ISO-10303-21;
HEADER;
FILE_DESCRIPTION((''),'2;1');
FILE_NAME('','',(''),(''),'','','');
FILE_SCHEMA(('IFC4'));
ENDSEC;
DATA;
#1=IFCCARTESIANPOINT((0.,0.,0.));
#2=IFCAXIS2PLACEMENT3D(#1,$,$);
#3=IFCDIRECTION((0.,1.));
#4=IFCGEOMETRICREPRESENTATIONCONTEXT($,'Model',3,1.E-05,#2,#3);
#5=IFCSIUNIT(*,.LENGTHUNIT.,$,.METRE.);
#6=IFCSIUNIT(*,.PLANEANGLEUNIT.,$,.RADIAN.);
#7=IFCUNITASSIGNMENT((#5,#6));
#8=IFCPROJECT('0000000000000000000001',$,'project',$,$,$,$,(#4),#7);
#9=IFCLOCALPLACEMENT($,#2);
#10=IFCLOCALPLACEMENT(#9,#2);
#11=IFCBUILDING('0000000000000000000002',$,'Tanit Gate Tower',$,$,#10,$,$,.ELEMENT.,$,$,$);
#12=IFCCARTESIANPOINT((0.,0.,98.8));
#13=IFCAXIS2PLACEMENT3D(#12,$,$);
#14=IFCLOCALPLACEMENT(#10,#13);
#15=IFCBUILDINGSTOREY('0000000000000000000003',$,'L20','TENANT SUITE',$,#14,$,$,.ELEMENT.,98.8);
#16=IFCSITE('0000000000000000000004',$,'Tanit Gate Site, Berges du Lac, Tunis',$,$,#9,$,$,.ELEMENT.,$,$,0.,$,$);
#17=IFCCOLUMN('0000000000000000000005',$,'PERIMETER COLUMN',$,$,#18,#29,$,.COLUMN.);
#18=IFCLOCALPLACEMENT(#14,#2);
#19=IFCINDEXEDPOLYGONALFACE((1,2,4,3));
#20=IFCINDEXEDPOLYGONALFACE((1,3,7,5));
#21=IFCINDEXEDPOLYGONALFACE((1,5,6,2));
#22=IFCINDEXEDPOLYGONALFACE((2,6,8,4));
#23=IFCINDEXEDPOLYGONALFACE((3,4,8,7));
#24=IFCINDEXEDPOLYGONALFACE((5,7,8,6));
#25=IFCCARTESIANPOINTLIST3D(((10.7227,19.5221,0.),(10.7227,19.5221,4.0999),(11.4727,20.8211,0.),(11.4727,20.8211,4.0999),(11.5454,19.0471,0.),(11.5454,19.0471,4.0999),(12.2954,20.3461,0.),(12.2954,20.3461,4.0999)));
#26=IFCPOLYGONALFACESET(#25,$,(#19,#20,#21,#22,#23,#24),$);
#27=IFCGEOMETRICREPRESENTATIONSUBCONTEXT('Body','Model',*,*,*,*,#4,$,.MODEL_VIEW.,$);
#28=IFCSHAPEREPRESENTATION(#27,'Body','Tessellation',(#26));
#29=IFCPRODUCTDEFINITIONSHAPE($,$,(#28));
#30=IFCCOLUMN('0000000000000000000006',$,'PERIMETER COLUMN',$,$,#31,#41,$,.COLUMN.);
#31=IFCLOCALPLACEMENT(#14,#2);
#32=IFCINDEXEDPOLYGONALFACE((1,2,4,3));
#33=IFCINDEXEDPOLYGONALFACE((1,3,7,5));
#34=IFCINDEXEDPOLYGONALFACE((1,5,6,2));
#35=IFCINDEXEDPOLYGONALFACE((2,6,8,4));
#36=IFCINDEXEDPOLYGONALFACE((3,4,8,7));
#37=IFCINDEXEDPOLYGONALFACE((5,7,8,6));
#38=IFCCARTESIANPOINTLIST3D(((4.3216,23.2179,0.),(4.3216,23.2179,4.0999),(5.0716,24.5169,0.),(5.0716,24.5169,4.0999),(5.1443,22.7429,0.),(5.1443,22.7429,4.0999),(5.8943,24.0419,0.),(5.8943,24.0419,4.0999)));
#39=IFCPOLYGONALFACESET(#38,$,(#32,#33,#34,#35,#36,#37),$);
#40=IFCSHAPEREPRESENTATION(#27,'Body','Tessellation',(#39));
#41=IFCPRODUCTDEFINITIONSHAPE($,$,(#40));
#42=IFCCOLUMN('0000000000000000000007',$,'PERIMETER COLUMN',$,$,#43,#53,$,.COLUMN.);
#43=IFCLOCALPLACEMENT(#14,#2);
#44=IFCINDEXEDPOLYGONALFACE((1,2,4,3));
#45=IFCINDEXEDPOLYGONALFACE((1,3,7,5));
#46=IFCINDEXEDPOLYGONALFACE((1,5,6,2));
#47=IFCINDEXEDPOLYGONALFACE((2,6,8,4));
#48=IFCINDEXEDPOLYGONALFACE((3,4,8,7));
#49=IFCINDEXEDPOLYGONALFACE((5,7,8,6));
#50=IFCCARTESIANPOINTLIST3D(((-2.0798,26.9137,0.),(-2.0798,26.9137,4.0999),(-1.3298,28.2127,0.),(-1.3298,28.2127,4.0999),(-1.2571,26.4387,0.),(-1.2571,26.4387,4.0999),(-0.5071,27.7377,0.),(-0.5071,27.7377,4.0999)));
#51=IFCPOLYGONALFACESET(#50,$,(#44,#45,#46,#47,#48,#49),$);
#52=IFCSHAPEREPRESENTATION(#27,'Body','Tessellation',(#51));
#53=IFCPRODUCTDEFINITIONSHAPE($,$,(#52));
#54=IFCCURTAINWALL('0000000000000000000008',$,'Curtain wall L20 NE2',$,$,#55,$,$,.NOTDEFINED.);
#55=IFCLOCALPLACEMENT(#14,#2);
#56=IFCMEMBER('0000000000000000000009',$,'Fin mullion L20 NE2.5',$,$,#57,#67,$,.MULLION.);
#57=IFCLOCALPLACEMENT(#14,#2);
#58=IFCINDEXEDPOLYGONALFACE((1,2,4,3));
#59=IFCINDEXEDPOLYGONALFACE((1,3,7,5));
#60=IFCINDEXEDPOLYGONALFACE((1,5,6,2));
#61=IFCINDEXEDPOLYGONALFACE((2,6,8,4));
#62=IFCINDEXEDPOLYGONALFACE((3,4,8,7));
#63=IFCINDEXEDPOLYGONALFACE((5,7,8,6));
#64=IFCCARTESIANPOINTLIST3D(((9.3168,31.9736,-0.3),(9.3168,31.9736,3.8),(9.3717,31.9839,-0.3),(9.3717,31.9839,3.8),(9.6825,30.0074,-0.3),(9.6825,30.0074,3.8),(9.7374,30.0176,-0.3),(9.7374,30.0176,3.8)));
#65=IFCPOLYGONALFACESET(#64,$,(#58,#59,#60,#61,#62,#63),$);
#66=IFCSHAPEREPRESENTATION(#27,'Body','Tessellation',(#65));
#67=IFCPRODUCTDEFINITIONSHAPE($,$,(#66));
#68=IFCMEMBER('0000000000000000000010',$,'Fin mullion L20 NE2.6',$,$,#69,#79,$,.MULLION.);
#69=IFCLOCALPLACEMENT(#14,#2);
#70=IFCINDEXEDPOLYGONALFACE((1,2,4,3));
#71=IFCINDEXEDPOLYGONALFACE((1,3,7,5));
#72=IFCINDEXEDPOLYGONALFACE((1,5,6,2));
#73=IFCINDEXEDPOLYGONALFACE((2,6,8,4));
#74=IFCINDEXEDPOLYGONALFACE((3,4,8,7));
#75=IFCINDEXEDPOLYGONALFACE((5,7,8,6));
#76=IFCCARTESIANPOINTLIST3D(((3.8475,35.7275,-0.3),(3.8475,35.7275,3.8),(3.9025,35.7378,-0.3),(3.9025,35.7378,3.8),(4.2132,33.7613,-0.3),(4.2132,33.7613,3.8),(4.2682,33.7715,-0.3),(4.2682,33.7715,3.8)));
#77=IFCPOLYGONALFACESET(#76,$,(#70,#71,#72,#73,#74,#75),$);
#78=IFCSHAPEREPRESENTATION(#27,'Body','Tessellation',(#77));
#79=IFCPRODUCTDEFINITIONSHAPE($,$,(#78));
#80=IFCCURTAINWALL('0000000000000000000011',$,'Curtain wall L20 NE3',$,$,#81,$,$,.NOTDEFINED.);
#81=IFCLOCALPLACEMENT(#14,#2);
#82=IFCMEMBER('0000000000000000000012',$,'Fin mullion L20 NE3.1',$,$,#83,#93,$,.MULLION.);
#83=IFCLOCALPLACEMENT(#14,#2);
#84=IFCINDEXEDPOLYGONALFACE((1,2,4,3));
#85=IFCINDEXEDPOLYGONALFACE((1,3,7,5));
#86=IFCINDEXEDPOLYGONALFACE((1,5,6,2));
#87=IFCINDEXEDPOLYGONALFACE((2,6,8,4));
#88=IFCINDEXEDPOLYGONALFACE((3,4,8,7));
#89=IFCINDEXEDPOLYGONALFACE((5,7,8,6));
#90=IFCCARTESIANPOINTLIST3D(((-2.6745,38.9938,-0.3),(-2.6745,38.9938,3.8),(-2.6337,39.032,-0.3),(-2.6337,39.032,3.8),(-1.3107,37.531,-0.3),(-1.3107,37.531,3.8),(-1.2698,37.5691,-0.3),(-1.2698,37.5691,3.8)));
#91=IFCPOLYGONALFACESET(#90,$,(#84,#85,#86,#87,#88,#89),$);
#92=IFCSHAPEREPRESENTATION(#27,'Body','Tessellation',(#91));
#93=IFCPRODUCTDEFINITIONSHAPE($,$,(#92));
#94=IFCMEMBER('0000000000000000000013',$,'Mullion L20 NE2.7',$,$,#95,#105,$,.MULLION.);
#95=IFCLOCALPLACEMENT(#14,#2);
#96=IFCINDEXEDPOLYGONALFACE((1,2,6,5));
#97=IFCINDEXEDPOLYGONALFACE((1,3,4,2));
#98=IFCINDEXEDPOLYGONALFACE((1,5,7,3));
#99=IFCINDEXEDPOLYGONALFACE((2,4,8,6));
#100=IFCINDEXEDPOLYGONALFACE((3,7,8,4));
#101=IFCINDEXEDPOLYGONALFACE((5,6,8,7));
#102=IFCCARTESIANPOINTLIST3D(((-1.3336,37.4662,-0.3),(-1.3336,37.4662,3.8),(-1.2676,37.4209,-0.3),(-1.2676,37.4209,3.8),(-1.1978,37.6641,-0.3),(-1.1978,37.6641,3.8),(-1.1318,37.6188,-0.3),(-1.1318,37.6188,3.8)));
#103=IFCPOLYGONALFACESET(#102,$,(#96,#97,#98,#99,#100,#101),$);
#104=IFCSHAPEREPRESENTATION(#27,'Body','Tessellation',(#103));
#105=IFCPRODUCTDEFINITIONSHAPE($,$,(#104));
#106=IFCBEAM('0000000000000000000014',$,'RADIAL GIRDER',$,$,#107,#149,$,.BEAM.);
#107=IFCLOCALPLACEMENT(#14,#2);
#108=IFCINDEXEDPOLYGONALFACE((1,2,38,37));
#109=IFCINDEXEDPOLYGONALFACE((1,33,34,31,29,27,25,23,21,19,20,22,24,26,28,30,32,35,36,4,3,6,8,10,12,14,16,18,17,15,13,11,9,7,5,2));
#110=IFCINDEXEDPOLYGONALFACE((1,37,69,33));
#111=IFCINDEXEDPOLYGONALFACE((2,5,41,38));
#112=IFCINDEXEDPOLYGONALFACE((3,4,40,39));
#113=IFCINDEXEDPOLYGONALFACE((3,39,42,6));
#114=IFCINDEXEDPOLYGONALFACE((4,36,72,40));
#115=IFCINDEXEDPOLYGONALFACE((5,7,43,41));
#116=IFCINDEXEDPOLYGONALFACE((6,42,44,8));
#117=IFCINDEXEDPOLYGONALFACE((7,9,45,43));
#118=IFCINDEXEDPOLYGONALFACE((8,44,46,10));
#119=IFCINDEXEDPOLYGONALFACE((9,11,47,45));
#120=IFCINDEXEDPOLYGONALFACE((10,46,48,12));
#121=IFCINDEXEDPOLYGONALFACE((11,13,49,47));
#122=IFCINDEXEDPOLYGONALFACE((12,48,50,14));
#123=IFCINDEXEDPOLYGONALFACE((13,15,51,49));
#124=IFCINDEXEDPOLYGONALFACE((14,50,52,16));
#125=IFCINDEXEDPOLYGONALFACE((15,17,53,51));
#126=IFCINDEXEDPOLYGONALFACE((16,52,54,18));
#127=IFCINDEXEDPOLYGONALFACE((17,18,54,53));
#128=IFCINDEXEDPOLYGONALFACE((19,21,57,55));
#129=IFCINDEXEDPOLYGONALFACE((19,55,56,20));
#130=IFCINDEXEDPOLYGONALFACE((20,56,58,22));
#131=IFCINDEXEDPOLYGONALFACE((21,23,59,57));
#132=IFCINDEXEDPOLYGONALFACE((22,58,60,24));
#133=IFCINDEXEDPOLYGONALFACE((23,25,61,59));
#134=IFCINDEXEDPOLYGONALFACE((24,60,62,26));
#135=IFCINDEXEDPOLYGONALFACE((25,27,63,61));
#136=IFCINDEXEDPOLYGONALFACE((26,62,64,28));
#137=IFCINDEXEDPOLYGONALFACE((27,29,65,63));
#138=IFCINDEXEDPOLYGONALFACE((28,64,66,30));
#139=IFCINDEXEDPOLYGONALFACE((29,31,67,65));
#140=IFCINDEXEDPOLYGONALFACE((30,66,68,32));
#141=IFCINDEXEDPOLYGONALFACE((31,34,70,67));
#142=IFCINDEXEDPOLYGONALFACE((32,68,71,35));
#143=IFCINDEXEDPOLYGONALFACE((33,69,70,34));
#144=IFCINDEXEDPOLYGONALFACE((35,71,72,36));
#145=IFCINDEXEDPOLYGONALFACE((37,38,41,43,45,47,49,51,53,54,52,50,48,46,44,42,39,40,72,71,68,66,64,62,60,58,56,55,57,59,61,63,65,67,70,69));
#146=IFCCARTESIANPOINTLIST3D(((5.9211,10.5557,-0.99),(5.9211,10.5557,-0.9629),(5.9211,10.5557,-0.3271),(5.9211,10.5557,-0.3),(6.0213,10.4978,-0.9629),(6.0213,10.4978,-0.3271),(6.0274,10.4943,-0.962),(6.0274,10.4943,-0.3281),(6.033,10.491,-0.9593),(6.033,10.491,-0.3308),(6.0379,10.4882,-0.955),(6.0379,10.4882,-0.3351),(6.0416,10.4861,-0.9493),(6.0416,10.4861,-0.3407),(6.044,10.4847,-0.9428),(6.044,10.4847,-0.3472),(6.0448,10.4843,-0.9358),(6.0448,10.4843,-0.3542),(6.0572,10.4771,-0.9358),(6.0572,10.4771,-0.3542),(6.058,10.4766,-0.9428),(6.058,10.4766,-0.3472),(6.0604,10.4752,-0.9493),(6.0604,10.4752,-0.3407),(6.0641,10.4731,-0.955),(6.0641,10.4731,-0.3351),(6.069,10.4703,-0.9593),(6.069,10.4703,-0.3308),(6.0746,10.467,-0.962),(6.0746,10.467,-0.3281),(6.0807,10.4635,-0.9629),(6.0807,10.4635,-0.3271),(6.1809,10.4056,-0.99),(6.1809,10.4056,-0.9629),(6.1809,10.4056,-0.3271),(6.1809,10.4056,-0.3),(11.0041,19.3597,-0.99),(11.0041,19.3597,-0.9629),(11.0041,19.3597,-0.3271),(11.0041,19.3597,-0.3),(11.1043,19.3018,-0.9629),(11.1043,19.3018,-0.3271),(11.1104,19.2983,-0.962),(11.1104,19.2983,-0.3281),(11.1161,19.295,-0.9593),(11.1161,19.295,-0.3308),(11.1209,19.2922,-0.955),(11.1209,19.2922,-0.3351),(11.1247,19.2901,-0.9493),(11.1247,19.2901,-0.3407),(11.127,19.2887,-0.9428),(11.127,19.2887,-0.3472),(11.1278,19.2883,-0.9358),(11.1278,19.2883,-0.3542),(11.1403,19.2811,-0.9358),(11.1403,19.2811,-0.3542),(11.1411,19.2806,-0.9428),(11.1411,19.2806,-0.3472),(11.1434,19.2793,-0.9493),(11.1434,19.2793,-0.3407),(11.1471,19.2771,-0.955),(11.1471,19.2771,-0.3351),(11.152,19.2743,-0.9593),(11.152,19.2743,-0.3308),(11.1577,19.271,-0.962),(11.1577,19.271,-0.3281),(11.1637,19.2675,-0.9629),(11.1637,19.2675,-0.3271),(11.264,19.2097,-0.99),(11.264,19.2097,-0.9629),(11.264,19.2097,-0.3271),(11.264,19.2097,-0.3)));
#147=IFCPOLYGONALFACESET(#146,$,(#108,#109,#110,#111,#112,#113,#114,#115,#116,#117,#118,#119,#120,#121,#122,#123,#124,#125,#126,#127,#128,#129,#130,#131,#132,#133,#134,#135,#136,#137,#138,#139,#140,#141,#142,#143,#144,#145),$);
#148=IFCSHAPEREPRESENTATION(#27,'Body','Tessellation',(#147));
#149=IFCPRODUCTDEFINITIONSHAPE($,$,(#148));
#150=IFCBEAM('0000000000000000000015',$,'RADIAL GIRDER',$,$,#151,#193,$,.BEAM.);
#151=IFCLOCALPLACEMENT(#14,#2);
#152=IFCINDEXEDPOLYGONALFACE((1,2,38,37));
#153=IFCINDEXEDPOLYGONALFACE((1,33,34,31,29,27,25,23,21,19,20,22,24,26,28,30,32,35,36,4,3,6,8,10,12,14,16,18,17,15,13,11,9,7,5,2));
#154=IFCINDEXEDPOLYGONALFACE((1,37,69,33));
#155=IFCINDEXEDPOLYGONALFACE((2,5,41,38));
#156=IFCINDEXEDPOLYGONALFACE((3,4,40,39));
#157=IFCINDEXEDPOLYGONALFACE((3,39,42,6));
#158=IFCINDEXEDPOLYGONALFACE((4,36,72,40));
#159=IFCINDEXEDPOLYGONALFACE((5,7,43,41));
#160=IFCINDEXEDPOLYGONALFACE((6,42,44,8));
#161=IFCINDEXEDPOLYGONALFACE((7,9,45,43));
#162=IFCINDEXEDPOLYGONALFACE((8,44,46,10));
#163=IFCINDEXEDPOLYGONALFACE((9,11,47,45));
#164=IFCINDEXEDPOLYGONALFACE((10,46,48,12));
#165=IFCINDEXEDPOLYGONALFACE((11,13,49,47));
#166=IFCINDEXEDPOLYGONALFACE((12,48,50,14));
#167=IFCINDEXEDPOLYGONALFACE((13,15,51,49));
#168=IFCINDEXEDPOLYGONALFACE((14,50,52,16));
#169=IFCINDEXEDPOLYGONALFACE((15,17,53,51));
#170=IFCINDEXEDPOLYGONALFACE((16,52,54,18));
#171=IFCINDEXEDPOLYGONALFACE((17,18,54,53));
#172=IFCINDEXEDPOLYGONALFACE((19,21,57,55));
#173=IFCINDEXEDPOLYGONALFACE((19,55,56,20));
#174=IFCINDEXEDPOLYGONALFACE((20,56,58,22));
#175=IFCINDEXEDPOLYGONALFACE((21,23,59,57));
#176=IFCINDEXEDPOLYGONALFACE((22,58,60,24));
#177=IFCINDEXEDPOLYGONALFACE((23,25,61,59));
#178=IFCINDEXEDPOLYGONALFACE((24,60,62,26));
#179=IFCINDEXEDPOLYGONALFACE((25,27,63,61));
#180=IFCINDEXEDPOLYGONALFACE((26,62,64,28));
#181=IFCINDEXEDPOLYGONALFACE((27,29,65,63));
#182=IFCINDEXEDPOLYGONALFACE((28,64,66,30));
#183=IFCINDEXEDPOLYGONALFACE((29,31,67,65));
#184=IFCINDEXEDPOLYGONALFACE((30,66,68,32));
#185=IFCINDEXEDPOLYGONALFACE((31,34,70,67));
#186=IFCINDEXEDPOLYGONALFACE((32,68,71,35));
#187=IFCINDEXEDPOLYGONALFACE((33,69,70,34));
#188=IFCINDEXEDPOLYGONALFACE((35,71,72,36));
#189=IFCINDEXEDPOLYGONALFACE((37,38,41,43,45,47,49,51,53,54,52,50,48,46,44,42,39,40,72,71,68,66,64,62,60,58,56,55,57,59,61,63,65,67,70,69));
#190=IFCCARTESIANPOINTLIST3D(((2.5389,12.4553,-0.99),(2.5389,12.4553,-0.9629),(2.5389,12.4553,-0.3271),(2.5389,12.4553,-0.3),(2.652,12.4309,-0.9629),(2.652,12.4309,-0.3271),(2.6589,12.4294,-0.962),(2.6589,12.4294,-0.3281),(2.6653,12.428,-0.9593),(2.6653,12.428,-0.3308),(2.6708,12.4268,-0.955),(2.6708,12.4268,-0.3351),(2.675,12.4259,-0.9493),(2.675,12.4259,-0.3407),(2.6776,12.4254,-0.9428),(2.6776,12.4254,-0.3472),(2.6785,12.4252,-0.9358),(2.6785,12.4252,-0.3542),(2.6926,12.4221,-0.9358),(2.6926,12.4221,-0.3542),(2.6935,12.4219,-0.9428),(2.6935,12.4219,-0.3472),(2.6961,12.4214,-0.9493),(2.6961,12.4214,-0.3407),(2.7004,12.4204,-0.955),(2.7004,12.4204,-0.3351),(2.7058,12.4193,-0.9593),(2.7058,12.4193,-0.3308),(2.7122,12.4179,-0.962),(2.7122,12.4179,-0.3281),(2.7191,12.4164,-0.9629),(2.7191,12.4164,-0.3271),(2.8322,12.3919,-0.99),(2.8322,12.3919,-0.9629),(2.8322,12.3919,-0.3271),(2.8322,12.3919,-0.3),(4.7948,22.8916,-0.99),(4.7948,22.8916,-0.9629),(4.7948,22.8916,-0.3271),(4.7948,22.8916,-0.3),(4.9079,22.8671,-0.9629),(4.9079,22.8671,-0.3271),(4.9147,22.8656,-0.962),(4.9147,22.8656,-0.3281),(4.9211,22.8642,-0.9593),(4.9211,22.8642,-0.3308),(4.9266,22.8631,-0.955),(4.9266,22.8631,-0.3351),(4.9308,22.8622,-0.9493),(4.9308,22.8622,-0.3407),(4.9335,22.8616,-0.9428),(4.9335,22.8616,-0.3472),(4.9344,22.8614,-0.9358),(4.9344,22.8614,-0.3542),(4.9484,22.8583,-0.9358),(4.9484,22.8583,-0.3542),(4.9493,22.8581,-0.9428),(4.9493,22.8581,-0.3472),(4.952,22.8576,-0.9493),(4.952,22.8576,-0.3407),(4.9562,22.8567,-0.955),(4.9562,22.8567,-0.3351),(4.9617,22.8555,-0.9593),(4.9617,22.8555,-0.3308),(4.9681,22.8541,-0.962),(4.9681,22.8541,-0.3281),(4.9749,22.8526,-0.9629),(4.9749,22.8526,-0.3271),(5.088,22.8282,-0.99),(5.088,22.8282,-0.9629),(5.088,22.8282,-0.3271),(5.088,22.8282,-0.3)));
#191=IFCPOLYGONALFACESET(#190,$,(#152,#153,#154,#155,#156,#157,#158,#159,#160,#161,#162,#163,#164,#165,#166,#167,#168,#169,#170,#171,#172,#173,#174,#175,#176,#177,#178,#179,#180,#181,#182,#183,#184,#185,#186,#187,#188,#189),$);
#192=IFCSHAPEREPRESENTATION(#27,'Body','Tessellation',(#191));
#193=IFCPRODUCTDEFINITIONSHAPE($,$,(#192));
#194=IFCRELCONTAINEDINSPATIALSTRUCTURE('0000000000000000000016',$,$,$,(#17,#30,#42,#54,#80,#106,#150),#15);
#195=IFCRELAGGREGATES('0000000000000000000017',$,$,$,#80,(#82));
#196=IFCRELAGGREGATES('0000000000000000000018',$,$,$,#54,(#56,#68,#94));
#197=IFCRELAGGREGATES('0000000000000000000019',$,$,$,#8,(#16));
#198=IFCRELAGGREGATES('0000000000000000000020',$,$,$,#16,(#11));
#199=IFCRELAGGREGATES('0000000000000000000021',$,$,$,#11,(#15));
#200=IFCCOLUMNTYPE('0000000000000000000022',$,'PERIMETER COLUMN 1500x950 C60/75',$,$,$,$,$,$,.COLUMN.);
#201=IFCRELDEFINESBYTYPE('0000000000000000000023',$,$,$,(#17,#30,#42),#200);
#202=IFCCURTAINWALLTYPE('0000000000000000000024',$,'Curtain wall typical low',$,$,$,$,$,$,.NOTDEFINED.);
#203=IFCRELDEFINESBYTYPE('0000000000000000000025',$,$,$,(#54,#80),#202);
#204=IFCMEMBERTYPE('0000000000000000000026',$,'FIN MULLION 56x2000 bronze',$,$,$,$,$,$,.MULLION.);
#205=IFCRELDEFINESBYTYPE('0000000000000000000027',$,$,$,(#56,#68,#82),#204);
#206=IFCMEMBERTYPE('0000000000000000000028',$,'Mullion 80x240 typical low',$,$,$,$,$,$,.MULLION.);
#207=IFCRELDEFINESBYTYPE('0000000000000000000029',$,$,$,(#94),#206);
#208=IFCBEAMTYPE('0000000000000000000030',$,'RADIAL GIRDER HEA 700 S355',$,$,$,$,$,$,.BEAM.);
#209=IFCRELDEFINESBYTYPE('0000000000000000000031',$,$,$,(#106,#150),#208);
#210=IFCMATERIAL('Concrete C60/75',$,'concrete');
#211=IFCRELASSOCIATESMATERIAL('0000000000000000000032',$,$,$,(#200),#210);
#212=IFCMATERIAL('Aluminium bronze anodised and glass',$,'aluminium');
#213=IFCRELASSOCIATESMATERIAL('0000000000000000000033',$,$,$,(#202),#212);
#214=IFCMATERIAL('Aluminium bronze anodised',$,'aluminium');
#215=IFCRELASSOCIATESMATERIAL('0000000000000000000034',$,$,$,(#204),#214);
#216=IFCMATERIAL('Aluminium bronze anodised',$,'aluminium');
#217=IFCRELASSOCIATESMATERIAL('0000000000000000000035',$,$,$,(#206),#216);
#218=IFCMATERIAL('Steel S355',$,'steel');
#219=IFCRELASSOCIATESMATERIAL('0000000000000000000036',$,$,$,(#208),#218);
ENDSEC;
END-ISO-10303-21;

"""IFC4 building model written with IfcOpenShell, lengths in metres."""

from ifc_helpers import new_model, si_unit, direction, frame, origin, origin_2d, place, context, subcontext, project, spatial, rectangle, i_section, extrude, material, material_profile, profile_set, type_object, element, aggregate, save


model = new_model("IFC4")

# Units and contexts
model_context = context("Model", 3, precision=1e-05, world=origin(), true_north=direction((0.0, 1.0)))
body_context = subcontext(model_context, "Body", "Model", "MODEL_VIEW")
ifc_project = project(units=[si_unit("LENGTHUNIT", "METRE"), si_unit("PLANEANGLEUNIT", "RADIAN")], contexts=[model_context])

# Site, building, storey
site_placement = place(None, origin())
site = spatial("IfcSite", under=ifc_project, at=site_placement, Name="Tanit Gate Site, Berges du Lac, Tunis", CompositionType="ELEMENT", RefElevation=0.0)
building_placement = place(site_placement, origin())
building = spatial("IfcBuilding", under=site, at=building_placement, Name="Tanit Gate Tower", CompositionType="ELEMENT")
storey_placement = place(building_placement, frame((0.0, 0.0, 98.8)))
storey = spatial("IfcBuildingStorey", under=building, at=storey_placement, Name="L20", Description="TENANT SUITE", CompositionType="ELEMENT", Elevation=98.8)

# Columns
ifc_material_1 = material(Name="Concrete C60/75", Category="concrete")
ifc_material_profile_1 = material_profile(ifc_material_1, rectangle(XDim=1.5, YDim=0.95, at=origin_2d()), Name="RC 1500x950")
ifc_profile_set_1 = profile_set([ifc_material_profile_1], Name="Concrete C60/75")
column_type = type_object("IfcColumnType", Name="PERIMETER COLUMN 1500x950 C60/75", PredefinedType="COLUMN", material=ifc_profile_set_1)
for number, where, z_axis, x_axis, name in (
    (1, (11.509, 19.9341, 0.0), (0.0, 0.0, 1.0), (0.5, 0.866025, 0.0), "PERIMETER COLUMN"),
    (2, (5.1079, 23.6299, 0.0), (0.0, 0.0, 1.0), (0.5, 0.866025, 0.0), "PERIMETER COLUMN"),
    (3, (-1.2935, 27.3257, 0.0), (0.0, 0.0, 1.0), (0.5, 0.866025, 0.0), "PERIMETER COLUMN"),
):
    element("IfcColumn", number, at=place(storey_placement, frame(where, z_axis=z_axis, x_axis=x_axis)), inside=storey, type_object=column_type, Name=name, PredefinedType="COLUMN", context=body_context, shape_type="SweptSolid", body=[
        extrude(rectangle(XDim=1.5, YDim=0.95, at=origin_2d()), origin(), (0.0, 0.0, 1.0), 4.0999),
    ])

# Curtain wall, members
ifc_material_2 = material(Name="Aluminium bronze anodised and glass", Category="aluminium")
curtain_wall_type = type_object("IfcCurtainWallType", Name="Curtain wall typical low", PredefinedType="NOTDEFINED", material=ifc_material_2)
curtain_wall_1_placement = place(storey_placement, origin())
curtain_wall_1 = element("IfcCurtainWall", 4, at=curtain_wall_1_placement, inside=storey, type_object=curtain_wall_type, Name="Curtain wall L20 NE2", PredefinedType="NOTDEFINED")
ifc_material_3 = material(Name="Aluminium bronze anodised", Category="aluminium")
ifc_material_profile_2 = material_profile(ifc_material_3, rectangle(XDim=2.0, YDim=0.0559, at=origin_2d()), Name="56x2000 bronze fin mullion")
ifc_profile_set_2 = profile_set([ifc_material_profile_2], Name="Aluminium bronze anodised")
member_type_1 = type_object("IfcMemberType", Name="FIN MULLION 56x2000 bronze", PredefinedType="MULLION", material=ifc_profile_set_2)
member_1_placement = place(storey_placement, frame((9.5271, 30.9956, -0.3), z_axis=(0.0, 0.0, 1.0), x_axis=(0.182847, -0.983141, 0.0)))
member_1 = element("IfcMember", 5, at=member_1_placement, type_object=member_type_1, Name="Fin mullion L20 NE2.5", PredefinedType="MULLION", context=body_context, shape_type="SweptSolid", body=[
    extrude(rectangle(XDim=2.0, YDim=0.0559, at=origin_2d()), origin(), (0.0, 0.0, 1.0), 4.1001),
])
member_2_placement = place(storey_placement, frame((4.0579, 34.7495, -0.3), z_axis=(0.0, 0.0, 1.0), x_axis=(0.182847, -0.983141, 0.0)))
member_2 = element("IfcMember", 6, at=member_2_placement, type_object=member_type_1, Name="Fin mullion L20 NE2.6", PredefinedType="MULLION", context=body_context, shape_type="SweptSolid", body=[
    extrude(rectangle(XDim=2.0, YDim=0.0559, at=origin_2d()), origin(), (0.0, 0.0, 1.0), 4.1001),
])

# Curtain wall, member
curtain_wall_2_placement = place(storey_placement, origin())
curtain_wall_2 = element("IfcCurtainWall", 7, at=curtain_wall_2_placement, inside=storey, type_object=curtain_wall_type, Name="Curtain wall L20 NE3", PredefinedType="NOTDEFINED")
member_3_placement = place(storey_placement, frame((-1.9722, 38.2815, -0.3), z_axis=(0.0, 0.0, 1.0), x_axis=(0.681936, -0.731412, 0.0)))
member_3 = element("IfcMember", 8, at=member_3_placement, type_object=member_type_1, Name="Fin mullion L20 NE3.1", PredefinedType="MULLION", context=body_context, shape_type="SweptSolid", body=[
    extrude(rectangle(XDim=2.0, YDim=0.0559, at=origin_2d()), origin(), (0.0, 0.0, 1.0), 4.1001),
])

# Member
ifc_material_4 = material(Name="Aluminium bronze anodised", Category="aluminium")
ifc_material_profile_3 = material_profile(ifc_material_4, rectangle(XDim=0.24, YDim=0.0801, at=origin_2d()), Name="80x240 bronze mullion")
ifc_profile_set_3 = profile_set([ifc_material_profile_3], Name="Aluminium bronze anodised")
member_type_2 = type_object("IfcMemberType", Name="Mullion 80x240 typical low", PredefinedType="MULLION", material=ifc_profile_set_3)
member_4_placement = place(storey_placement, frame((-1.2327, 37.5425, -0.3), z_axis=(0.0, 0.0, 1.0), x_axis=(-0.565893, -0.824479, 0.0)))
member_4 = element("IfcMember", 9, at=member_4_placement, type_object=member_type_2, Name="Mullion L20 NE2.7", PredefinedType="MULLION", context=body_context, shape_type="SweptSolid", body=[
    extrude(rectangle(XDim=0.24, YDim=0.0801, at=origin_2d()), origin(), (0.0, 0.0, 1.0), 4.1001),
])

# Beams
ifc_material_5 = material(Name="Steel S355", Category="steel")
ifc_material_profile_4 = material_profile(ifc_material_5, i_section(OverallWidth=0.3, OverallDepth=0.6899, WebThickness=0.0144, FlangeThickness=0.0271, FilletRadius=0.0271, at=origin_2d()), Name="HEA 700")
ifc_profile_set_4 = profile_set([ifc_material_profile_4], Name="Steel S355")
beam_type = type_object("IfcBeamType", Name="RADIAL GIRDER HEA 700 S355", PredefinedType="BEAM", material=ifc_profile_set_4)
beam_1_placement = place(storey_placement, frame((11.134, 19.2847, -0.645), z_axis=(-0.500003, -0.866024, 0.0), x_axis=(0.866024, -0.500003, 0.0)))
element("IfcBeam", 10, at=beam_1_placement, inside=storey, type_object=beam_type, Name="RADIAL GIRDER", PredefinedType="BEAM", context=body_context, shape_type="SweptSolid", body=[
    extrude(i_section(OverallWidth=0.3, OverallDepth=0.6899, WebThickness=0.0144, FlangeThickness=0.0271, FilletRadius=0.0271, at=origin_2d()), origin(), (0.0, 0.0, 1.0), 10.166),
])
beam_2_placement = place(storey_placement, frame((4.9414, 22.8599, -0.645), z_axis=(-0.211276, -0.977426, 0.0), x_axis=(0.977426, -0.211276, 0.0)))
element("IfcBeam", 11, at=beam_2_placement, inside=storey, type_object=beam_type, Name="RADIAL GIRDER", PredefinedType="BEAM", context=body_context, shape_type="SweptSolid", body=[
    extrude(i_section(OverallWidth=0.3, OverallDepth=0.6899, WebThickness=0.0144, FlangeThickness=0.0271, FilletRadius=0.0271, at=origin_2d()), origin(), (0.0, 0.0, 1.0), 10.6772),
])

aggregate(curtain_wall_2, [member_3])

aggregate(curtain_wall_1, [member_1, member_2, member_4])

save(model, "model.ifc")
